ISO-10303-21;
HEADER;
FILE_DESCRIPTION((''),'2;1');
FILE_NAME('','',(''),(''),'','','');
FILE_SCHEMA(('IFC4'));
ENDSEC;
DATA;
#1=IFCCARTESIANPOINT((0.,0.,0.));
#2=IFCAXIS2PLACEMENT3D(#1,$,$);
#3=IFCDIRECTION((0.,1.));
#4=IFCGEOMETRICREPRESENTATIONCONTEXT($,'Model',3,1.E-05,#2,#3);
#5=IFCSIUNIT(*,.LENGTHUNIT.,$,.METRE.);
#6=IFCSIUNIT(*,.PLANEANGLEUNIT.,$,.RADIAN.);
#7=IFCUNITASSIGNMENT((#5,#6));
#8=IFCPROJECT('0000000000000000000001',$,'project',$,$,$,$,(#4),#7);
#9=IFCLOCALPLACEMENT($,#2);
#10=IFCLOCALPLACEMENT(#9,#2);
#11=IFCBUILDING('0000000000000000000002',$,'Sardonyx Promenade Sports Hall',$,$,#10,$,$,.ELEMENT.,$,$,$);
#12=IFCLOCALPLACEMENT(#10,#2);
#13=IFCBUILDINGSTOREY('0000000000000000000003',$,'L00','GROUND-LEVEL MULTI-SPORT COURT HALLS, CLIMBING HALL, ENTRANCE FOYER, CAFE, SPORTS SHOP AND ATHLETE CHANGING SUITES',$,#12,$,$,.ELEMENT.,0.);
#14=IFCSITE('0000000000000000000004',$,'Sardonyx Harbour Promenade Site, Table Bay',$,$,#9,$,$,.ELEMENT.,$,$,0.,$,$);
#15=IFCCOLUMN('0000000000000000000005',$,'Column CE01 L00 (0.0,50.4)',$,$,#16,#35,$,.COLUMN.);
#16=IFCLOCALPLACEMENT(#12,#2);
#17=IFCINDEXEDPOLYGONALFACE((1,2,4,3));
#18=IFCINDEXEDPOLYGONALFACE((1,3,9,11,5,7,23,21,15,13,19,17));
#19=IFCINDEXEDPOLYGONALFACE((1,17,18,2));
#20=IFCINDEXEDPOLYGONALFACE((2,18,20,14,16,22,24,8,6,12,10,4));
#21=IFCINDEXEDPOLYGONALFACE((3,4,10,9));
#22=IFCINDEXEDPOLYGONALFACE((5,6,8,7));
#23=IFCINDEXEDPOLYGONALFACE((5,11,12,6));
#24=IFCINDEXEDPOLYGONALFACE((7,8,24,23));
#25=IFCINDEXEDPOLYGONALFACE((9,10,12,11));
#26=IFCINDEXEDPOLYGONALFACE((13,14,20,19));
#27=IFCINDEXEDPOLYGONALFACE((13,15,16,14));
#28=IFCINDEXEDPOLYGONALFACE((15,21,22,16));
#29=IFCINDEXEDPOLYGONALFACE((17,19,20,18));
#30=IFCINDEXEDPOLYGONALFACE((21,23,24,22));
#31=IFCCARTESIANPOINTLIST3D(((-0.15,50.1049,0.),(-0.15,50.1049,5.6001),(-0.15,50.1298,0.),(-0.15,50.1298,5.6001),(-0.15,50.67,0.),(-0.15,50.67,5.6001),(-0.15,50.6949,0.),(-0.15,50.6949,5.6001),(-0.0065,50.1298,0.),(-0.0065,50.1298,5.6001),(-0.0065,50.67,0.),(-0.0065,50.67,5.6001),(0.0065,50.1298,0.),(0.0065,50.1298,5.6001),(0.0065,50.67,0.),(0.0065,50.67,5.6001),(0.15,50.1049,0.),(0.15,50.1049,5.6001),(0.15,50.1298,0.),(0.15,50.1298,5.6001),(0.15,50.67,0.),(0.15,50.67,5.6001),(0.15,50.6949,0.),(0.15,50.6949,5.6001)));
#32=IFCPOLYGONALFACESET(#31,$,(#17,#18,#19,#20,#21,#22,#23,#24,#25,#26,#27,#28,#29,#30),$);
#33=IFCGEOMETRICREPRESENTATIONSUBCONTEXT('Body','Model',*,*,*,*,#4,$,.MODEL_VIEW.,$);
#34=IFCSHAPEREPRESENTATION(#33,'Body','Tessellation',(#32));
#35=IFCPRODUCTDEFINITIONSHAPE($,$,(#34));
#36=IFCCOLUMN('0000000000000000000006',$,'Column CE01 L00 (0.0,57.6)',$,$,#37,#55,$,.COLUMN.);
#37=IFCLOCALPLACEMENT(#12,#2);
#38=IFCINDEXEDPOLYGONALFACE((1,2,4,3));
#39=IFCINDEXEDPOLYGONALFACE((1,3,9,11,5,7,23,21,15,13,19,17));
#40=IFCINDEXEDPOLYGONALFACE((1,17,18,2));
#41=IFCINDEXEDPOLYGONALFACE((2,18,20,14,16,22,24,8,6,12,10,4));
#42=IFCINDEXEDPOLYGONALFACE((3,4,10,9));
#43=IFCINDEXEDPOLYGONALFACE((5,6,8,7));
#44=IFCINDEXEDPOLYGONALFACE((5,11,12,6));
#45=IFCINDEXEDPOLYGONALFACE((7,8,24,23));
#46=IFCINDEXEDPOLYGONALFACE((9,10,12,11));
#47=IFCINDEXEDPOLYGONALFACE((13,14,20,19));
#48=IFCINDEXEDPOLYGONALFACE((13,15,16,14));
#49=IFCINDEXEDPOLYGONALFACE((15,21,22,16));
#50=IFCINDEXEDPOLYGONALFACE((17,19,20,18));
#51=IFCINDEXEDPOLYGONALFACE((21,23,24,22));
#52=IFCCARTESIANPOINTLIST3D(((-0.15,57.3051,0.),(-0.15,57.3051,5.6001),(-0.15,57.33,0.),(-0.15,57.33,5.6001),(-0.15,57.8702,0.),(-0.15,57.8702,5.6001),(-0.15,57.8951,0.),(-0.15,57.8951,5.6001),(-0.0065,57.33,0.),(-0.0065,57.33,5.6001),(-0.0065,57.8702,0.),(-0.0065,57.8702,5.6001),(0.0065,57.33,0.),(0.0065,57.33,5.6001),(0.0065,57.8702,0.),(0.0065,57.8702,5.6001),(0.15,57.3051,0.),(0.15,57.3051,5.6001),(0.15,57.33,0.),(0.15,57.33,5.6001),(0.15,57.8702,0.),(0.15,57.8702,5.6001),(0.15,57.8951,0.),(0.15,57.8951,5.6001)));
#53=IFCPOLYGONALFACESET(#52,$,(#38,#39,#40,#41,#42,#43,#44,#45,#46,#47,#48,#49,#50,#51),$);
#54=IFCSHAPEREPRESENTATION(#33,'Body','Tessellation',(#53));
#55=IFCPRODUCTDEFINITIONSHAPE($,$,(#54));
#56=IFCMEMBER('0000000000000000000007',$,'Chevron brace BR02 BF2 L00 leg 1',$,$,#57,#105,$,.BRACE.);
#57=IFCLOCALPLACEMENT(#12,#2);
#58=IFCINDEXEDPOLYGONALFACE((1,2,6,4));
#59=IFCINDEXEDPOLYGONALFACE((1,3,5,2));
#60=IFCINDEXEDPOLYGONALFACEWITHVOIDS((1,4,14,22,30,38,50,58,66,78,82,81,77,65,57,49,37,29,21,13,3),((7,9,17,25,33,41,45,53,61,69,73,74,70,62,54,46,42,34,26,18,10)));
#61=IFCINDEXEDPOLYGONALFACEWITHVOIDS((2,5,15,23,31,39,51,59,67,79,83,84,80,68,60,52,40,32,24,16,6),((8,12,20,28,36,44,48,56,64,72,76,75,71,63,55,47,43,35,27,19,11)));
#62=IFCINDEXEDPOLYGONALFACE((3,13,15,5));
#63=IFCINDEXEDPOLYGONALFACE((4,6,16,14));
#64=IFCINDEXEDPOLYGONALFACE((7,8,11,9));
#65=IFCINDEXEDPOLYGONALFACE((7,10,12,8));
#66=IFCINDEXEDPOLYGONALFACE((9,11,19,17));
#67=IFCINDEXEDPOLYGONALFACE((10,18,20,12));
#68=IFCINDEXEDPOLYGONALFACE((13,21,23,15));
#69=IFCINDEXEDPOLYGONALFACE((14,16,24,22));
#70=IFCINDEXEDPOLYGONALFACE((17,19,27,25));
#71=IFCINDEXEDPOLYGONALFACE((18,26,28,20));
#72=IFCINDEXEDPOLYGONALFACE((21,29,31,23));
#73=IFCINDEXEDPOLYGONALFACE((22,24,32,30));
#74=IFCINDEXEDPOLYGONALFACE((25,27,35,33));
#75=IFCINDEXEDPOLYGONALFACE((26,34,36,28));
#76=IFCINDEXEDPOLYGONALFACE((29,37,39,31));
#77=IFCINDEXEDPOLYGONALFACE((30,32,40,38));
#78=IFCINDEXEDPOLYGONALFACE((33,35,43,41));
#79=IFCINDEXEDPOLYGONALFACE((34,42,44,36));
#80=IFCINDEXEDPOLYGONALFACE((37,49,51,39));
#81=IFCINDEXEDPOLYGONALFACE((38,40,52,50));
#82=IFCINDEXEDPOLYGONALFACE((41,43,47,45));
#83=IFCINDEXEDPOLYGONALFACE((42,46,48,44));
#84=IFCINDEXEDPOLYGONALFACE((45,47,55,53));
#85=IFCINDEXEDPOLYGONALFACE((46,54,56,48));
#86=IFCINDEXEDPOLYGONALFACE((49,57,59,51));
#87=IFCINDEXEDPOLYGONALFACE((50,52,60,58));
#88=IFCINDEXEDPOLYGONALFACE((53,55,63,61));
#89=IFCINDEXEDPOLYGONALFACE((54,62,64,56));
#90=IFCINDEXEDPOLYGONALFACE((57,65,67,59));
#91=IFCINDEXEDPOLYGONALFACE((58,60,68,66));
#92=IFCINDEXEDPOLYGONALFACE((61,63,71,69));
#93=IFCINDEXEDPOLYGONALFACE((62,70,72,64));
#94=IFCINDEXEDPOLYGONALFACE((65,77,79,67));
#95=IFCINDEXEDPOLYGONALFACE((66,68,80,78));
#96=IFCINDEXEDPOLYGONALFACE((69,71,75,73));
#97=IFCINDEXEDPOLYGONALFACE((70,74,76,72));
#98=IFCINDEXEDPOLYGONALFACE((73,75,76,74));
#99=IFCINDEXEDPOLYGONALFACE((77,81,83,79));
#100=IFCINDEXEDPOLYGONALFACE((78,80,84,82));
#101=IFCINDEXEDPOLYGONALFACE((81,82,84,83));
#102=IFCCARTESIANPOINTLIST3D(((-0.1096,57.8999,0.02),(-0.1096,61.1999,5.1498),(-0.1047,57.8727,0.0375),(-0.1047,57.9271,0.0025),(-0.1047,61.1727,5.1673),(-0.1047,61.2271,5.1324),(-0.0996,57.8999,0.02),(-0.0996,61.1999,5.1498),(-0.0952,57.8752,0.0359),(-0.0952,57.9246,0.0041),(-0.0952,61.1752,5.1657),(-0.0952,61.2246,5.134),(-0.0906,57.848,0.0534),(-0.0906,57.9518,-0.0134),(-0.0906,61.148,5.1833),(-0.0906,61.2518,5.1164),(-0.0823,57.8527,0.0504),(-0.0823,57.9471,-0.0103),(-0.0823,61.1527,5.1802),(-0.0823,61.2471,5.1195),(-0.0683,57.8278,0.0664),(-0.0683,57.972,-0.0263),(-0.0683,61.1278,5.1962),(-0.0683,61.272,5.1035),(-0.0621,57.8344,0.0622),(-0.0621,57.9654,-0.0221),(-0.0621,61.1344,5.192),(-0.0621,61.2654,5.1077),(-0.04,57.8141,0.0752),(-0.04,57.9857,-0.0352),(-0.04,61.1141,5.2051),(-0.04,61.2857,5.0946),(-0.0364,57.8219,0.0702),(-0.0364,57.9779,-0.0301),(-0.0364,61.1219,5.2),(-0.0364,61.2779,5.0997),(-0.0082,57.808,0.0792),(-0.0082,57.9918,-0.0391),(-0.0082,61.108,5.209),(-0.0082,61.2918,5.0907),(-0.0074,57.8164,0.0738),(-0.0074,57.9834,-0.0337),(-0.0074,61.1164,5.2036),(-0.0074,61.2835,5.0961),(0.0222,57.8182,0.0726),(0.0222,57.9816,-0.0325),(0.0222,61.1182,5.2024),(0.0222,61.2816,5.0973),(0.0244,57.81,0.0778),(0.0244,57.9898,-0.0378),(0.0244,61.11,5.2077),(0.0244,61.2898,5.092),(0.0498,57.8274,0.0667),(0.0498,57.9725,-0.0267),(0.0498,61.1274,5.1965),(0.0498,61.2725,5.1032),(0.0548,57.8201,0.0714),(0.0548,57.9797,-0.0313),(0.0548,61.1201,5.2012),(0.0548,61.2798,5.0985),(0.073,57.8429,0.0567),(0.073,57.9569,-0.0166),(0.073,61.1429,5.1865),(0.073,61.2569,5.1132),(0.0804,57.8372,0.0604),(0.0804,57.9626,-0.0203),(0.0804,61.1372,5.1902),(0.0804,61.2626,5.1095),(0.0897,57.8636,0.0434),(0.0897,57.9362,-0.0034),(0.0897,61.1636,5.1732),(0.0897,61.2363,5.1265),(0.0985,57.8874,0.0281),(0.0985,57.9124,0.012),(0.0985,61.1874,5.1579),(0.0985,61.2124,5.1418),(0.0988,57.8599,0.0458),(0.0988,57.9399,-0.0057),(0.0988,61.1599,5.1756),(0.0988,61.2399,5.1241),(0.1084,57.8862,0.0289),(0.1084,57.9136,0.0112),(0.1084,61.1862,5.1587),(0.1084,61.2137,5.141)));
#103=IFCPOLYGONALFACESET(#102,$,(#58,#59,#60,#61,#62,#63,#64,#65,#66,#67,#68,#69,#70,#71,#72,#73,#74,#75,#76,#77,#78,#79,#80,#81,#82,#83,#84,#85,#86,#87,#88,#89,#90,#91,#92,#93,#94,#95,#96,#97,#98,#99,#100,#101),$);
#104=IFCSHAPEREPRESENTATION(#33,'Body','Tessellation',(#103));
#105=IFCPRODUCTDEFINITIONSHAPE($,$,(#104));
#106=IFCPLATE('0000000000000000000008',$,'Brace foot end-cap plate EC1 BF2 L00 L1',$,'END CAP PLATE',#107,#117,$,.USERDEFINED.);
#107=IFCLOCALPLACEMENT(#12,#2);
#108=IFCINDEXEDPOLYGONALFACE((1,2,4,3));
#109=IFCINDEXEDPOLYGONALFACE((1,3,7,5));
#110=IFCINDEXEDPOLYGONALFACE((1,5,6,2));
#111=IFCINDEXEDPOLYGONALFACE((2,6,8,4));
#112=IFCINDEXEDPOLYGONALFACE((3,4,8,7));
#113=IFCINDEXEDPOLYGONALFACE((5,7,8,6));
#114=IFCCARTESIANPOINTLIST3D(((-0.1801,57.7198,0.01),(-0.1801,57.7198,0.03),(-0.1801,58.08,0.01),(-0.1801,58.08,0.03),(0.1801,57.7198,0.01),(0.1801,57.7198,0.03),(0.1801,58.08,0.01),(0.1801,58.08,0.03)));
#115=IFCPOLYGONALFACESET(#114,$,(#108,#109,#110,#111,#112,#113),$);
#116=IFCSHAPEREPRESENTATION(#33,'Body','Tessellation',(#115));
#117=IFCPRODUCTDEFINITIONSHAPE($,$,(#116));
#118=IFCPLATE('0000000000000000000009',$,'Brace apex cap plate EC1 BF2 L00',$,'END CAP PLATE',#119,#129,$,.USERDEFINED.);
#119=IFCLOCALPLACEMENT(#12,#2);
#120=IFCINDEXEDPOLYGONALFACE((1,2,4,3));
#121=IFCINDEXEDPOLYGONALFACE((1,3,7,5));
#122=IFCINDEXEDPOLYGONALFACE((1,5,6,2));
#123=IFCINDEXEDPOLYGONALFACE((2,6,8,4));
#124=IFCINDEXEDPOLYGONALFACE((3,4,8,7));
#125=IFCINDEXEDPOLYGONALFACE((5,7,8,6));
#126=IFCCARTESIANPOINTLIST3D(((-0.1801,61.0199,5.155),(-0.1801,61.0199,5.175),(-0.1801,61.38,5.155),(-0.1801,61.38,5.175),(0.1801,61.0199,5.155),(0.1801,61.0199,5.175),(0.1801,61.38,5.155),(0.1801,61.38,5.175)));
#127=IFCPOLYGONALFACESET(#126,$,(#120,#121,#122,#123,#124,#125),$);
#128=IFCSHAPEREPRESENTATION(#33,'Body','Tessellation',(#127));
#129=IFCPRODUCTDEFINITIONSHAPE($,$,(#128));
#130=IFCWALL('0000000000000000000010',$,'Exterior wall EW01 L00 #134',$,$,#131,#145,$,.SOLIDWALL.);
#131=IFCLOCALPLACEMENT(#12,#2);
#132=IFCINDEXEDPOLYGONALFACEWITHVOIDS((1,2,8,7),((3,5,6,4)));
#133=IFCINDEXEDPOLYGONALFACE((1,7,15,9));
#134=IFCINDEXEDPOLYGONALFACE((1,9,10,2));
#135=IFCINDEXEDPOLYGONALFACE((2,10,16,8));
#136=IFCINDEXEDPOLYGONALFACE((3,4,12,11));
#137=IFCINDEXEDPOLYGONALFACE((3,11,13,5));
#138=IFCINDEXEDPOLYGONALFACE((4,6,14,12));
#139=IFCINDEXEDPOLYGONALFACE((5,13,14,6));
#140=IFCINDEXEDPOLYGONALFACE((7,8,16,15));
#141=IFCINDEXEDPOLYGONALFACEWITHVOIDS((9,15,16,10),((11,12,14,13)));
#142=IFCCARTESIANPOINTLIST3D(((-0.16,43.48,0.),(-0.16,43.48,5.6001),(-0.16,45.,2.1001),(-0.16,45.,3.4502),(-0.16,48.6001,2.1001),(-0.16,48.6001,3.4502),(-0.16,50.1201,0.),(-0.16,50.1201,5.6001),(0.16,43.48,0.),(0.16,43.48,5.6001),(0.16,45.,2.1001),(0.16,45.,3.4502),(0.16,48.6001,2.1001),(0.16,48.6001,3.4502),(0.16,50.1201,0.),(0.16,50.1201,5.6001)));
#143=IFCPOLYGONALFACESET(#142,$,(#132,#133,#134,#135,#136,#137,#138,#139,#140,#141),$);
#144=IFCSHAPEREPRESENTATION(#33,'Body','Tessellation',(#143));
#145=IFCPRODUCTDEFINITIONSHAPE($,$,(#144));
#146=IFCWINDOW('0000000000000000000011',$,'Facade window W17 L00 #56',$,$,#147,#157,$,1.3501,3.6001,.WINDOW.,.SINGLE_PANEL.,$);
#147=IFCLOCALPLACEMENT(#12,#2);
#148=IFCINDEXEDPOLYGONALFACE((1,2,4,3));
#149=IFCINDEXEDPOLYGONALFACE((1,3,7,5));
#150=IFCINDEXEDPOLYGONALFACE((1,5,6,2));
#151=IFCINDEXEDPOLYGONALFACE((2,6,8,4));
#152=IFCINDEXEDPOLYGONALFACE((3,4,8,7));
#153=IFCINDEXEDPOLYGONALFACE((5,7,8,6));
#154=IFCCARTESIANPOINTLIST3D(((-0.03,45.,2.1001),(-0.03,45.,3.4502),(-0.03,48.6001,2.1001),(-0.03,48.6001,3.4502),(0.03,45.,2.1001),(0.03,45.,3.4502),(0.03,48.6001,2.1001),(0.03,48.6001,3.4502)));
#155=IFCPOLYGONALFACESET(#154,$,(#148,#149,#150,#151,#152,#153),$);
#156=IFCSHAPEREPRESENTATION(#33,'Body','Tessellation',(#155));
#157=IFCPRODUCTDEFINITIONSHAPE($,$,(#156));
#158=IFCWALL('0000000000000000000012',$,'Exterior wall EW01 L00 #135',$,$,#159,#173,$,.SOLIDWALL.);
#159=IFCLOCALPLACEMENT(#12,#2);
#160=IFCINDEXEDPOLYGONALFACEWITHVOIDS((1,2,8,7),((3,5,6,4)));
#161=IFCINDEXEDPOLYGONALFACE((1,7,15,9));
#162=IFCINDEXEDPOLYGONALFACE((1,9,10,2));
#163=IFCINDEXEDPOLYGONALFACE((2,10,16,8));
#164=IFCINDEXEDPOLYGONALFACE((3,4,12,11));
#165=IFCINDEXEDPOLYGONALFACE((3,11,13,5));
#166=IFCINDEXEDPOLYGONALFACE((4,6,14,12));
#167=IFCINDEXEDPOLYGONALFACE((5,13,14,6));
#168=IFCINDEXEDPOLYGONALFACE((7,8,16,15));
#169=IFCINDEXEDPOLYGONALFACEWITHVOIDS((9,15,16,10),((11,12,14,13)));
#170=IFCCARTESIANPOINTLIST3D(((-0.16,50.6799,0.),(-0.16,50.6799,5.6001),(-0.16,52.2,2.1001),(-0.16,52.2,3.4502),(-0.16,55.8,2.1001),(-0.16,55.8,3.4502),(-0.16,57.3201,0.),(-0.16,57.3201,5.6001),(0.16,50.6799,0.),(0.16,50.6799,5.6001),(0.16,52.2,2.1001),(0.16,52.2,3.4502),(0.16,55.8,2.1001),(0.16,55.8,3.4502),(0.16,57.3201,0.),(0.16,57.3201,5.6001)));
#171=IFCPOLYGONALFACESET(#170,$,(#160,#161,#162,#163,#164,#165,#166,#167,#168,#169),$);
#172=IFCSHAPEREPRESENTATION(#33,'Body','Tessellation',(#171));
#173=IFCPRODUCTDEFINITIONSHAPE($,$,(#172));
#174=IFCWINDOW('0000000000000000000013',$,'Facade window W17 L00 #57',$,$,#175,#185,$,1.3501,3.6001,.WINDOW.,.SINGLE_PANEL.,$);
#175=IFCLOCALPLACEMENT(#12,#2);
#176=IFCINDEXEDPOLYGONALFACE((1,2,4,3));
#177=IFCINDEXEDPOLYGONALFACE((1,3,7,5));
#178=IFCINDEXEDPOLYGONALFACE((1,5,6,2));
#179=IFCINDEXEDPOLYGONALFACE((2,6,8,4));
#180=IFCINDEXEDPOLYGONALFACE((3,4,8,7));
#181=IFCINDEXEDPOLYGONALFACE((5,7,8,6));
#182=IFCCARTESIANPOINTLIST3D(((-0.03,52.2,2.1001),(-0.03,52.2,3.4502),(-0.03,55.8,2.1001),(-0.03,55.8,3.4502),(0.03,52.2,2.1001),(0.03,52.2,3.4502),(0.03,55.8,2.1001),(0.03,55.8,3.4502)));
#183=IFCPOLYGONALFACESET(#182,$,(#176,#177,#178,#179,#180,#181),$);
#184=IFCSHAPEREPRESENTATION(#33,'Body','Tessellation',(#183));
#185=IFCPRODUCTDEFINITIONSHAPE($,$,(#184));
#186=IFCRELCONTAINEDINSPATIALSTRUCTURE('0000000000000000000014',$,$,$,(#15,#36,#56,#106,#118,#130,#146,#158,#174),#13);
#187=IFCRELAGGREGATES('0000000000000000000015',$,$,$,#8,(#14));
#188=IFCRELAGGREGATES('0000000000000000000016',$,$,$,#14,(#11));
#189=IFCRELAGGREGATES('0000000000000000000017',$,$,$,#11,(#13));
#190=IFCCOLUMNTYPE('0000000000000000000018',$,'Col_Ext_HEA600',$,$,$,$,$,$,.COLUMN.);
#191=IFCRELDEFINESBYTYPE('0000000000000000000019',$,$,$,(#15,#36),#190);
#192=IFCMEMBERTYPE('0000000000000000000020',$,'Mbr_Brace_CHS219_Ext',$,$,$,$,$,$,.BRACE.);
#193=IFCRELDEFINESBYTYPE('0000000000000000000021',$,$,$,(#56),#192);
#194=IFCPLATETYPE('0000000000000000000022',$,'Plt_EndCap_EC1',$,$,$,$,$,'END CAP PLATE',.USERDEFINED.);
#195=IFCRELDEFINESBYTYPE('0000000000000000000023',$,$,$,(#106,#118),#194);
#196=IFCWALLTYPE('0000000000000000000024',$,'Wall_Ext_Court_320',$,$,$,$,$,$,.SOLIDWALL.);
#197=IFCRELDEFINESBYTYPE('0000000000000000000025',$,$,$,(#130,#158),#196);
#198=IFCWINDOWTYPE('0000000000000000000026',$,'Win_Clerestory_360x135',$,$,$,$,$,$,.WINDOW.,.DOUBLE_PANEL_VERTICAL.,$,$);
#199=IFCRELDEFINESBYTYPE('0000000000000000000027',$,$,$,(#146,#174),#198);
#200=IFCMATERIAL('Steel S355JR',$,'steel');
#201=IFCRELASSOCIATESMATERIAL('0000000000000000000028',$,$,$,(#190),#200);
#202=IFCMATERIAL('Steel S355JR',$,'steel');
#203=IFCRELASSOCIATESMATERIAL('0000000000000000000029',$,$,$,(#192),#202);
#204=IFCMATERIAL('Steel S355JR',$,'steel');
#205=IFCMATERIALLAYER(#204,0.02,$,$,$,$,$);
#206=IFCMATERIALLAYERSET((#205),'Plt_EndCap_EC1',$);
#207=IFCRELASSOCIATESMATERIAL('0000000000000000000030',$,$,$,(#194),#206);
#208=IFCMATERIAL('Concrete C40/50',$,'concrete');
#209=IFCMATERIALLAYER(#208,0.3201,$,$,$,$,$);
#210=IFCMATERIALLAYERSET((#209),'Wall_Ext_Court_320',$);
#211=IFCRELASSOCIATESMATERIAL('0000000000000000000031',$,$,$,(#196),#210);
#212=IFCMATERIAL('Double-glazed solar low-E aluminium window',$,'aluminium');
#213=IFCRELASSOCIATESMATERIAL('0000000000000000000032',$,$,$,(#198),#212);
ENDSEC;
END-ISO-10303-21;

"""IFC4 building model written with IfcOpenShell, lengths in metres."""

from ifc_helpers import new_model, si_unit, direction, frame, frame_2d, origin, origin_2d, place, context, subcontext, project, spatial, rectangle, hollow_circle, i_section, extrude, material, layer, layer_set, material_profile, profile_set, type_object, element, fill, save


model = new_model("IFC4")

# Units and contexts
model_context = context("Model", 3, precision=1e-05, world=origin(), true_north=direction((0.0, 1.0)))
body_context = subcontext(model_context, "Body", "Model", "MODEL_VIEW")
ifc_project = project(units=[si_unit("LENGTHUNIT", "METRE"), si_unit("PLANEANGLEUNIT", "RADIAN")], contexts=[model_context])

# Site, building, storey
site_placement = place(None, origin())
site = spatial("IfcSite", under=ifc_project, at=site_placement, Name="Sardonyx Harbour Promenade Site, Table Bay", CompositionType="ELEMENT", RefElevation=0.0)
building_placement = place(site_placement, origin())
building = spatial("IfcBuilding", under=site, at=building_placement, Name="Sardonyx Promenade Sports Hall", CompositionType="ELEMENT")
storey_placement = place(building_placement, origin())
storey = spatial("IfcBuildingStorey", under=building, at=storey_placement, Name="L00", Description="GROUND-LEVEL MULTI-SPORT COURT HALLS, CLIMBING HALL, ENTRANCE FOYER, CAFE, SPORTS SHOP AND ATHLETE CHANGING SUITES", CompositionType="ELEMENT", Elevation=0.0)

# Columns
ifc_material_1 = material(Name="Steel S355JR", Category="steel")
ifc_material_profile_1 = material_profile(ifc_material_1, i_section(OverallWidth=0.3, OverallDepth=0.5901, WebThickness=0.0129, FlangeThickness=0.0249, at=origin_2d()))
ifc_profile_set_1 = profile_set([ifc_material_profile_1], Name="Steel S355JR")
column_type = type_object("IfcColumnType", Name="Col_Ext_HEA600", PredefinedType="COLUMN", material=ifc_profile_set_1)
for number, where, z_axis, x_axis, name in (
    (1, (0.0, 50.3999, 0.0), (0.0, 0.0, 1.0), (1.0, 0.0, 0.0), "Column CE01 L00 (0.0,50.4)"),
    (2, (0.0, 57.6001, 0.0), (0.0, 0.0, 1.0), (1.0, 0.0, 0.0), "Column CE01 L00 (0.0,57.6)"),
):
    element("IfcColumn", number, at=place(storey_placement, frame(where, z_axis=z_axis, x_axis=x_axis)), inside=storey, type_object=column_type, Name=name, PredefinedType="COLUMN", context=body_context, shape_type="SweptSolid", body=[
        extrude(i_section(OverallWidth=0.3, OverallDepth=0.5901, WebThickness=0.0129, FlangeThickness=0.0249, at=origin_2d()), origin(), (0.0, 0.0, 1.0), 5.6001),
    ])

# Member
ifc_material_2 = material(Name="Steel S355JR", Category="steel")
ifc_material_profile_2 = material_profile(ifc_material_2, hollow_circle(Radius=0.1096, WallThickness=0.01, at=origin_2d()))
ifc_profile_set_2 = profile_set([ifc_material_profile_2], Name="Steel S355JR")
member_type = type_object("IfcMemberType", Name="Mbr_Brace_CHS219_Ext", PredefinedType="BRACE", material=ifc_profile_set_2)
member_placement = place(storey_placement, frame((0.0, 57.8999, 0.02), z_axis=(0.0, 0.541021, 0.841009), x_axis=(-1.0, 0.0, 0.0)))
element("IfcMember", 3, at=member_placement, inside=storey, type_object=member_type, Name="Chevron brace BR02 BF2 L00 leg 1", PredefinedType="BRACE", context=body_context, shape_type="SweptSolid", body=[
    extrude(hollow_circle(Radius=0.1096, WallThickness=0.01, at=origin_2d()), origin(), (0.0, 0.0, 1.0), 6.0996),
])

# Plates
ifc_material_3 = material(Name="Steel S355JR", Category="steel")
ifc_layer_1 = layer(ifc_material_3, 0.02)
ifc_layer_set_1 = layer_set([ifc_layer_1], Name="Plt_EndCap_EC1")
plate_type = type_object("IfcPlateType", Name="Plt_EndCap_EC1", ElementType="END CAP PLATE", PredefinedType="USERDEFINED", material=ifc_layer_set_1)
for number, where, z_axis, x_axis, name in (
    (4, (0.0, 57.8999, 0.01), (0.0, 0.0, 1.0), (1.0, 0.0, 0.0), "Brace foot end-cap plate EC1 BF2 L00 L1"),
    (5, (0.0, 61.2, 5.155), (0.0, 0.0, 1.0), (1.0, 0.0, 0.0), "Brace apex cap plate EC1 BF2 L00"),
):
    element("IfcPlate", number, at=place(storey_placement, frame(where, z_axis=z_axis, x_axis=x_axis)), inside=storey, type_object=plate_type, Name=name, ObjectType="END CAP PLATE", PredefinedType="USERDEFINED", context=body_context, shape_type="SweptSolid", body=[
        extrude(rectangle(XDim=0.3601, YDim=0.3601, at=origin_2d()), origin(), (0.0, 0.0, 1.0), 0.02),
    ])

# Walls, openings, windows
ifc_material_4 = material(Name="Concrete C40/50", Category="concrete")
ifc_layer_2 = layer(ifc_material_4, 0.3201)
ifc_layer_set_2 = layer_set([ifc_layer_2], Name="Wall_Ext_Court_320")
wall_type = type_object("IfcWallType", Name="Wall_Ext_Court_320", PredefinedType="SOLIDWALL", material=ifc_layer_set_2)
wall_1_placement = place(storey_placement, frame((0.0, 43.48, 0.0), z_axis=(0.0, 0.0, 1.0), x_axis=(0.0, 1.0, 0.0)))
wall_1 = element("IfcWall", 6, at=wall_1_placement, inside=storey, type_object=wall_type, Name="Exterior wall EW01 L00 #134", PredefinedType="SOLIDWALL", context=body_context, shape_type="SweptSolid", body=[
    extrude(rectangle(XDim=6.6401, YDim=0.3201, at=frame_2d((3.3201, 0.0))), origin(), (0.0, 0.0, 1.0), 5.6001),
])
opening_1_placement = place(wall_1_placement, frame((1.52, 0.0, 2.1001)))
opening_1 = element("IfcOpeningElement", 7, at=opening_1_placement, cuts=wall_1, PredefinedType="OPENING", context=body_context, shape_type="SweptSolid", body=[
    extrude(rectangle(XDim=3.6001, YDim=1.3501, at=frame_2d((1.8, 0.675))), frame((0.0, 0.17, 0.0), z_axis=(0.0, -1.0, 0.0), x_axis=(1.0, 0.0, 0.0)), (0.0, 0.0, 1.0), 0.34),
])
ifc_material_5 = material(Name="Double-glazed solar low-E aluminium window", Category="aluminium")
window_type = type_object("IfcWindowType", Name="Win_Clerestory_360x135", PartitioningType="DOUBLE_PANEL_VERTICAL", PredefinedType="WINDOW", material=ifc_material_5)
window_1_placement = place(opening_1_placement, origin())
window_1 = element("IfcWindow", 8, at=window_1_placement, inside=storey, type_object=window_type, Name="Facade window W17 L00 #56", OverallHeight=1.3501, OverallWidth=3.6001, PartitioningType="SINGLE_PANEL", PredefinedType="WINDOW", context=body_context, shape_type="SweptSolid", body=[
    extrude(rectangle(XDim=3.6001, YDim=1.3501, at=frame_2d((1.8, 0.675))), frame((0.0, 0.03, 0.0), z_axis=(0.0, -1.0, 0.0), x_axis=(1.0, 0.0, 0.0)), (0.0, 0.0, 1.0), 0.0601),
])
fill(opening_1, window_1)
wall_2_placement = place(storey_placement, frame((0.0, 50.6799, 0.0), z_axis=(0.0, 0.0, 1.0), x_axis=(0.0, 1.0, 0.0)))
wall_2 = element("IfcWall", 9, at=wall_2_placement, inside=storey, type_object=wall_type, Name="Exterior wall EW01 L00 #135", PredefinedType="SOLIDWALL", context=body_context, shape_type="SweptSolid", body=[
    extrude(rectangle(XDim=6.6401, YDim=0.3201, at=frame_2d((3.3201, 0.0))), origin(), (0.0, 0.0, 1.0), 5.6001),
])
opening_2_placement = place(wall_2_placement, frame((1.52, 0.0, 2.1001)))
opening_2 = element("IfcOpeningElement", 10, at=opening_2_placement, cuts=wall_2, PredefinedType="OPENING", context=body_context, shape_type="SweptSolid", body=[
    extrude(rectangle(XDim=3.6001, YDim=1.3501, at=frame_2d((1.8, 0.675))), frame((0.0, 0.17, 0.0), z_axis=(0.0, -1.0, 0.0), x_axis=(1.0, 0.0, 0.0)), (0.0, 0.0, 1.0), 0.34),
])
window_2_placement = place(opening_2_placement, origin())
window_2 = element("IfcWindow", 11, at=window_2_placement, inside=storey, type_object=window_type, Name="Facade window W17 L00 #57", OverallHeight=1.3501, OverallWidth=3.6001, PartitioningType="SINGLE_PANEL", PredefinedType="WINDOW", context=body_context, shape_type="SweptSolid", body=[
    extrude(rectangle(XDim=3.6001, YDim=1.3501, at=frame_2d((1.8, 0.675))), frame((0.0, 0.03, 0.0), z_axis=(0.0, -1.0, 0.0), x_axis=(1.0, 0.0, 0.0)), (0.0, 0.0, 1.0), 0.0601),
])
fill(opening_2, window_2)

save(model, "model.ifc")
